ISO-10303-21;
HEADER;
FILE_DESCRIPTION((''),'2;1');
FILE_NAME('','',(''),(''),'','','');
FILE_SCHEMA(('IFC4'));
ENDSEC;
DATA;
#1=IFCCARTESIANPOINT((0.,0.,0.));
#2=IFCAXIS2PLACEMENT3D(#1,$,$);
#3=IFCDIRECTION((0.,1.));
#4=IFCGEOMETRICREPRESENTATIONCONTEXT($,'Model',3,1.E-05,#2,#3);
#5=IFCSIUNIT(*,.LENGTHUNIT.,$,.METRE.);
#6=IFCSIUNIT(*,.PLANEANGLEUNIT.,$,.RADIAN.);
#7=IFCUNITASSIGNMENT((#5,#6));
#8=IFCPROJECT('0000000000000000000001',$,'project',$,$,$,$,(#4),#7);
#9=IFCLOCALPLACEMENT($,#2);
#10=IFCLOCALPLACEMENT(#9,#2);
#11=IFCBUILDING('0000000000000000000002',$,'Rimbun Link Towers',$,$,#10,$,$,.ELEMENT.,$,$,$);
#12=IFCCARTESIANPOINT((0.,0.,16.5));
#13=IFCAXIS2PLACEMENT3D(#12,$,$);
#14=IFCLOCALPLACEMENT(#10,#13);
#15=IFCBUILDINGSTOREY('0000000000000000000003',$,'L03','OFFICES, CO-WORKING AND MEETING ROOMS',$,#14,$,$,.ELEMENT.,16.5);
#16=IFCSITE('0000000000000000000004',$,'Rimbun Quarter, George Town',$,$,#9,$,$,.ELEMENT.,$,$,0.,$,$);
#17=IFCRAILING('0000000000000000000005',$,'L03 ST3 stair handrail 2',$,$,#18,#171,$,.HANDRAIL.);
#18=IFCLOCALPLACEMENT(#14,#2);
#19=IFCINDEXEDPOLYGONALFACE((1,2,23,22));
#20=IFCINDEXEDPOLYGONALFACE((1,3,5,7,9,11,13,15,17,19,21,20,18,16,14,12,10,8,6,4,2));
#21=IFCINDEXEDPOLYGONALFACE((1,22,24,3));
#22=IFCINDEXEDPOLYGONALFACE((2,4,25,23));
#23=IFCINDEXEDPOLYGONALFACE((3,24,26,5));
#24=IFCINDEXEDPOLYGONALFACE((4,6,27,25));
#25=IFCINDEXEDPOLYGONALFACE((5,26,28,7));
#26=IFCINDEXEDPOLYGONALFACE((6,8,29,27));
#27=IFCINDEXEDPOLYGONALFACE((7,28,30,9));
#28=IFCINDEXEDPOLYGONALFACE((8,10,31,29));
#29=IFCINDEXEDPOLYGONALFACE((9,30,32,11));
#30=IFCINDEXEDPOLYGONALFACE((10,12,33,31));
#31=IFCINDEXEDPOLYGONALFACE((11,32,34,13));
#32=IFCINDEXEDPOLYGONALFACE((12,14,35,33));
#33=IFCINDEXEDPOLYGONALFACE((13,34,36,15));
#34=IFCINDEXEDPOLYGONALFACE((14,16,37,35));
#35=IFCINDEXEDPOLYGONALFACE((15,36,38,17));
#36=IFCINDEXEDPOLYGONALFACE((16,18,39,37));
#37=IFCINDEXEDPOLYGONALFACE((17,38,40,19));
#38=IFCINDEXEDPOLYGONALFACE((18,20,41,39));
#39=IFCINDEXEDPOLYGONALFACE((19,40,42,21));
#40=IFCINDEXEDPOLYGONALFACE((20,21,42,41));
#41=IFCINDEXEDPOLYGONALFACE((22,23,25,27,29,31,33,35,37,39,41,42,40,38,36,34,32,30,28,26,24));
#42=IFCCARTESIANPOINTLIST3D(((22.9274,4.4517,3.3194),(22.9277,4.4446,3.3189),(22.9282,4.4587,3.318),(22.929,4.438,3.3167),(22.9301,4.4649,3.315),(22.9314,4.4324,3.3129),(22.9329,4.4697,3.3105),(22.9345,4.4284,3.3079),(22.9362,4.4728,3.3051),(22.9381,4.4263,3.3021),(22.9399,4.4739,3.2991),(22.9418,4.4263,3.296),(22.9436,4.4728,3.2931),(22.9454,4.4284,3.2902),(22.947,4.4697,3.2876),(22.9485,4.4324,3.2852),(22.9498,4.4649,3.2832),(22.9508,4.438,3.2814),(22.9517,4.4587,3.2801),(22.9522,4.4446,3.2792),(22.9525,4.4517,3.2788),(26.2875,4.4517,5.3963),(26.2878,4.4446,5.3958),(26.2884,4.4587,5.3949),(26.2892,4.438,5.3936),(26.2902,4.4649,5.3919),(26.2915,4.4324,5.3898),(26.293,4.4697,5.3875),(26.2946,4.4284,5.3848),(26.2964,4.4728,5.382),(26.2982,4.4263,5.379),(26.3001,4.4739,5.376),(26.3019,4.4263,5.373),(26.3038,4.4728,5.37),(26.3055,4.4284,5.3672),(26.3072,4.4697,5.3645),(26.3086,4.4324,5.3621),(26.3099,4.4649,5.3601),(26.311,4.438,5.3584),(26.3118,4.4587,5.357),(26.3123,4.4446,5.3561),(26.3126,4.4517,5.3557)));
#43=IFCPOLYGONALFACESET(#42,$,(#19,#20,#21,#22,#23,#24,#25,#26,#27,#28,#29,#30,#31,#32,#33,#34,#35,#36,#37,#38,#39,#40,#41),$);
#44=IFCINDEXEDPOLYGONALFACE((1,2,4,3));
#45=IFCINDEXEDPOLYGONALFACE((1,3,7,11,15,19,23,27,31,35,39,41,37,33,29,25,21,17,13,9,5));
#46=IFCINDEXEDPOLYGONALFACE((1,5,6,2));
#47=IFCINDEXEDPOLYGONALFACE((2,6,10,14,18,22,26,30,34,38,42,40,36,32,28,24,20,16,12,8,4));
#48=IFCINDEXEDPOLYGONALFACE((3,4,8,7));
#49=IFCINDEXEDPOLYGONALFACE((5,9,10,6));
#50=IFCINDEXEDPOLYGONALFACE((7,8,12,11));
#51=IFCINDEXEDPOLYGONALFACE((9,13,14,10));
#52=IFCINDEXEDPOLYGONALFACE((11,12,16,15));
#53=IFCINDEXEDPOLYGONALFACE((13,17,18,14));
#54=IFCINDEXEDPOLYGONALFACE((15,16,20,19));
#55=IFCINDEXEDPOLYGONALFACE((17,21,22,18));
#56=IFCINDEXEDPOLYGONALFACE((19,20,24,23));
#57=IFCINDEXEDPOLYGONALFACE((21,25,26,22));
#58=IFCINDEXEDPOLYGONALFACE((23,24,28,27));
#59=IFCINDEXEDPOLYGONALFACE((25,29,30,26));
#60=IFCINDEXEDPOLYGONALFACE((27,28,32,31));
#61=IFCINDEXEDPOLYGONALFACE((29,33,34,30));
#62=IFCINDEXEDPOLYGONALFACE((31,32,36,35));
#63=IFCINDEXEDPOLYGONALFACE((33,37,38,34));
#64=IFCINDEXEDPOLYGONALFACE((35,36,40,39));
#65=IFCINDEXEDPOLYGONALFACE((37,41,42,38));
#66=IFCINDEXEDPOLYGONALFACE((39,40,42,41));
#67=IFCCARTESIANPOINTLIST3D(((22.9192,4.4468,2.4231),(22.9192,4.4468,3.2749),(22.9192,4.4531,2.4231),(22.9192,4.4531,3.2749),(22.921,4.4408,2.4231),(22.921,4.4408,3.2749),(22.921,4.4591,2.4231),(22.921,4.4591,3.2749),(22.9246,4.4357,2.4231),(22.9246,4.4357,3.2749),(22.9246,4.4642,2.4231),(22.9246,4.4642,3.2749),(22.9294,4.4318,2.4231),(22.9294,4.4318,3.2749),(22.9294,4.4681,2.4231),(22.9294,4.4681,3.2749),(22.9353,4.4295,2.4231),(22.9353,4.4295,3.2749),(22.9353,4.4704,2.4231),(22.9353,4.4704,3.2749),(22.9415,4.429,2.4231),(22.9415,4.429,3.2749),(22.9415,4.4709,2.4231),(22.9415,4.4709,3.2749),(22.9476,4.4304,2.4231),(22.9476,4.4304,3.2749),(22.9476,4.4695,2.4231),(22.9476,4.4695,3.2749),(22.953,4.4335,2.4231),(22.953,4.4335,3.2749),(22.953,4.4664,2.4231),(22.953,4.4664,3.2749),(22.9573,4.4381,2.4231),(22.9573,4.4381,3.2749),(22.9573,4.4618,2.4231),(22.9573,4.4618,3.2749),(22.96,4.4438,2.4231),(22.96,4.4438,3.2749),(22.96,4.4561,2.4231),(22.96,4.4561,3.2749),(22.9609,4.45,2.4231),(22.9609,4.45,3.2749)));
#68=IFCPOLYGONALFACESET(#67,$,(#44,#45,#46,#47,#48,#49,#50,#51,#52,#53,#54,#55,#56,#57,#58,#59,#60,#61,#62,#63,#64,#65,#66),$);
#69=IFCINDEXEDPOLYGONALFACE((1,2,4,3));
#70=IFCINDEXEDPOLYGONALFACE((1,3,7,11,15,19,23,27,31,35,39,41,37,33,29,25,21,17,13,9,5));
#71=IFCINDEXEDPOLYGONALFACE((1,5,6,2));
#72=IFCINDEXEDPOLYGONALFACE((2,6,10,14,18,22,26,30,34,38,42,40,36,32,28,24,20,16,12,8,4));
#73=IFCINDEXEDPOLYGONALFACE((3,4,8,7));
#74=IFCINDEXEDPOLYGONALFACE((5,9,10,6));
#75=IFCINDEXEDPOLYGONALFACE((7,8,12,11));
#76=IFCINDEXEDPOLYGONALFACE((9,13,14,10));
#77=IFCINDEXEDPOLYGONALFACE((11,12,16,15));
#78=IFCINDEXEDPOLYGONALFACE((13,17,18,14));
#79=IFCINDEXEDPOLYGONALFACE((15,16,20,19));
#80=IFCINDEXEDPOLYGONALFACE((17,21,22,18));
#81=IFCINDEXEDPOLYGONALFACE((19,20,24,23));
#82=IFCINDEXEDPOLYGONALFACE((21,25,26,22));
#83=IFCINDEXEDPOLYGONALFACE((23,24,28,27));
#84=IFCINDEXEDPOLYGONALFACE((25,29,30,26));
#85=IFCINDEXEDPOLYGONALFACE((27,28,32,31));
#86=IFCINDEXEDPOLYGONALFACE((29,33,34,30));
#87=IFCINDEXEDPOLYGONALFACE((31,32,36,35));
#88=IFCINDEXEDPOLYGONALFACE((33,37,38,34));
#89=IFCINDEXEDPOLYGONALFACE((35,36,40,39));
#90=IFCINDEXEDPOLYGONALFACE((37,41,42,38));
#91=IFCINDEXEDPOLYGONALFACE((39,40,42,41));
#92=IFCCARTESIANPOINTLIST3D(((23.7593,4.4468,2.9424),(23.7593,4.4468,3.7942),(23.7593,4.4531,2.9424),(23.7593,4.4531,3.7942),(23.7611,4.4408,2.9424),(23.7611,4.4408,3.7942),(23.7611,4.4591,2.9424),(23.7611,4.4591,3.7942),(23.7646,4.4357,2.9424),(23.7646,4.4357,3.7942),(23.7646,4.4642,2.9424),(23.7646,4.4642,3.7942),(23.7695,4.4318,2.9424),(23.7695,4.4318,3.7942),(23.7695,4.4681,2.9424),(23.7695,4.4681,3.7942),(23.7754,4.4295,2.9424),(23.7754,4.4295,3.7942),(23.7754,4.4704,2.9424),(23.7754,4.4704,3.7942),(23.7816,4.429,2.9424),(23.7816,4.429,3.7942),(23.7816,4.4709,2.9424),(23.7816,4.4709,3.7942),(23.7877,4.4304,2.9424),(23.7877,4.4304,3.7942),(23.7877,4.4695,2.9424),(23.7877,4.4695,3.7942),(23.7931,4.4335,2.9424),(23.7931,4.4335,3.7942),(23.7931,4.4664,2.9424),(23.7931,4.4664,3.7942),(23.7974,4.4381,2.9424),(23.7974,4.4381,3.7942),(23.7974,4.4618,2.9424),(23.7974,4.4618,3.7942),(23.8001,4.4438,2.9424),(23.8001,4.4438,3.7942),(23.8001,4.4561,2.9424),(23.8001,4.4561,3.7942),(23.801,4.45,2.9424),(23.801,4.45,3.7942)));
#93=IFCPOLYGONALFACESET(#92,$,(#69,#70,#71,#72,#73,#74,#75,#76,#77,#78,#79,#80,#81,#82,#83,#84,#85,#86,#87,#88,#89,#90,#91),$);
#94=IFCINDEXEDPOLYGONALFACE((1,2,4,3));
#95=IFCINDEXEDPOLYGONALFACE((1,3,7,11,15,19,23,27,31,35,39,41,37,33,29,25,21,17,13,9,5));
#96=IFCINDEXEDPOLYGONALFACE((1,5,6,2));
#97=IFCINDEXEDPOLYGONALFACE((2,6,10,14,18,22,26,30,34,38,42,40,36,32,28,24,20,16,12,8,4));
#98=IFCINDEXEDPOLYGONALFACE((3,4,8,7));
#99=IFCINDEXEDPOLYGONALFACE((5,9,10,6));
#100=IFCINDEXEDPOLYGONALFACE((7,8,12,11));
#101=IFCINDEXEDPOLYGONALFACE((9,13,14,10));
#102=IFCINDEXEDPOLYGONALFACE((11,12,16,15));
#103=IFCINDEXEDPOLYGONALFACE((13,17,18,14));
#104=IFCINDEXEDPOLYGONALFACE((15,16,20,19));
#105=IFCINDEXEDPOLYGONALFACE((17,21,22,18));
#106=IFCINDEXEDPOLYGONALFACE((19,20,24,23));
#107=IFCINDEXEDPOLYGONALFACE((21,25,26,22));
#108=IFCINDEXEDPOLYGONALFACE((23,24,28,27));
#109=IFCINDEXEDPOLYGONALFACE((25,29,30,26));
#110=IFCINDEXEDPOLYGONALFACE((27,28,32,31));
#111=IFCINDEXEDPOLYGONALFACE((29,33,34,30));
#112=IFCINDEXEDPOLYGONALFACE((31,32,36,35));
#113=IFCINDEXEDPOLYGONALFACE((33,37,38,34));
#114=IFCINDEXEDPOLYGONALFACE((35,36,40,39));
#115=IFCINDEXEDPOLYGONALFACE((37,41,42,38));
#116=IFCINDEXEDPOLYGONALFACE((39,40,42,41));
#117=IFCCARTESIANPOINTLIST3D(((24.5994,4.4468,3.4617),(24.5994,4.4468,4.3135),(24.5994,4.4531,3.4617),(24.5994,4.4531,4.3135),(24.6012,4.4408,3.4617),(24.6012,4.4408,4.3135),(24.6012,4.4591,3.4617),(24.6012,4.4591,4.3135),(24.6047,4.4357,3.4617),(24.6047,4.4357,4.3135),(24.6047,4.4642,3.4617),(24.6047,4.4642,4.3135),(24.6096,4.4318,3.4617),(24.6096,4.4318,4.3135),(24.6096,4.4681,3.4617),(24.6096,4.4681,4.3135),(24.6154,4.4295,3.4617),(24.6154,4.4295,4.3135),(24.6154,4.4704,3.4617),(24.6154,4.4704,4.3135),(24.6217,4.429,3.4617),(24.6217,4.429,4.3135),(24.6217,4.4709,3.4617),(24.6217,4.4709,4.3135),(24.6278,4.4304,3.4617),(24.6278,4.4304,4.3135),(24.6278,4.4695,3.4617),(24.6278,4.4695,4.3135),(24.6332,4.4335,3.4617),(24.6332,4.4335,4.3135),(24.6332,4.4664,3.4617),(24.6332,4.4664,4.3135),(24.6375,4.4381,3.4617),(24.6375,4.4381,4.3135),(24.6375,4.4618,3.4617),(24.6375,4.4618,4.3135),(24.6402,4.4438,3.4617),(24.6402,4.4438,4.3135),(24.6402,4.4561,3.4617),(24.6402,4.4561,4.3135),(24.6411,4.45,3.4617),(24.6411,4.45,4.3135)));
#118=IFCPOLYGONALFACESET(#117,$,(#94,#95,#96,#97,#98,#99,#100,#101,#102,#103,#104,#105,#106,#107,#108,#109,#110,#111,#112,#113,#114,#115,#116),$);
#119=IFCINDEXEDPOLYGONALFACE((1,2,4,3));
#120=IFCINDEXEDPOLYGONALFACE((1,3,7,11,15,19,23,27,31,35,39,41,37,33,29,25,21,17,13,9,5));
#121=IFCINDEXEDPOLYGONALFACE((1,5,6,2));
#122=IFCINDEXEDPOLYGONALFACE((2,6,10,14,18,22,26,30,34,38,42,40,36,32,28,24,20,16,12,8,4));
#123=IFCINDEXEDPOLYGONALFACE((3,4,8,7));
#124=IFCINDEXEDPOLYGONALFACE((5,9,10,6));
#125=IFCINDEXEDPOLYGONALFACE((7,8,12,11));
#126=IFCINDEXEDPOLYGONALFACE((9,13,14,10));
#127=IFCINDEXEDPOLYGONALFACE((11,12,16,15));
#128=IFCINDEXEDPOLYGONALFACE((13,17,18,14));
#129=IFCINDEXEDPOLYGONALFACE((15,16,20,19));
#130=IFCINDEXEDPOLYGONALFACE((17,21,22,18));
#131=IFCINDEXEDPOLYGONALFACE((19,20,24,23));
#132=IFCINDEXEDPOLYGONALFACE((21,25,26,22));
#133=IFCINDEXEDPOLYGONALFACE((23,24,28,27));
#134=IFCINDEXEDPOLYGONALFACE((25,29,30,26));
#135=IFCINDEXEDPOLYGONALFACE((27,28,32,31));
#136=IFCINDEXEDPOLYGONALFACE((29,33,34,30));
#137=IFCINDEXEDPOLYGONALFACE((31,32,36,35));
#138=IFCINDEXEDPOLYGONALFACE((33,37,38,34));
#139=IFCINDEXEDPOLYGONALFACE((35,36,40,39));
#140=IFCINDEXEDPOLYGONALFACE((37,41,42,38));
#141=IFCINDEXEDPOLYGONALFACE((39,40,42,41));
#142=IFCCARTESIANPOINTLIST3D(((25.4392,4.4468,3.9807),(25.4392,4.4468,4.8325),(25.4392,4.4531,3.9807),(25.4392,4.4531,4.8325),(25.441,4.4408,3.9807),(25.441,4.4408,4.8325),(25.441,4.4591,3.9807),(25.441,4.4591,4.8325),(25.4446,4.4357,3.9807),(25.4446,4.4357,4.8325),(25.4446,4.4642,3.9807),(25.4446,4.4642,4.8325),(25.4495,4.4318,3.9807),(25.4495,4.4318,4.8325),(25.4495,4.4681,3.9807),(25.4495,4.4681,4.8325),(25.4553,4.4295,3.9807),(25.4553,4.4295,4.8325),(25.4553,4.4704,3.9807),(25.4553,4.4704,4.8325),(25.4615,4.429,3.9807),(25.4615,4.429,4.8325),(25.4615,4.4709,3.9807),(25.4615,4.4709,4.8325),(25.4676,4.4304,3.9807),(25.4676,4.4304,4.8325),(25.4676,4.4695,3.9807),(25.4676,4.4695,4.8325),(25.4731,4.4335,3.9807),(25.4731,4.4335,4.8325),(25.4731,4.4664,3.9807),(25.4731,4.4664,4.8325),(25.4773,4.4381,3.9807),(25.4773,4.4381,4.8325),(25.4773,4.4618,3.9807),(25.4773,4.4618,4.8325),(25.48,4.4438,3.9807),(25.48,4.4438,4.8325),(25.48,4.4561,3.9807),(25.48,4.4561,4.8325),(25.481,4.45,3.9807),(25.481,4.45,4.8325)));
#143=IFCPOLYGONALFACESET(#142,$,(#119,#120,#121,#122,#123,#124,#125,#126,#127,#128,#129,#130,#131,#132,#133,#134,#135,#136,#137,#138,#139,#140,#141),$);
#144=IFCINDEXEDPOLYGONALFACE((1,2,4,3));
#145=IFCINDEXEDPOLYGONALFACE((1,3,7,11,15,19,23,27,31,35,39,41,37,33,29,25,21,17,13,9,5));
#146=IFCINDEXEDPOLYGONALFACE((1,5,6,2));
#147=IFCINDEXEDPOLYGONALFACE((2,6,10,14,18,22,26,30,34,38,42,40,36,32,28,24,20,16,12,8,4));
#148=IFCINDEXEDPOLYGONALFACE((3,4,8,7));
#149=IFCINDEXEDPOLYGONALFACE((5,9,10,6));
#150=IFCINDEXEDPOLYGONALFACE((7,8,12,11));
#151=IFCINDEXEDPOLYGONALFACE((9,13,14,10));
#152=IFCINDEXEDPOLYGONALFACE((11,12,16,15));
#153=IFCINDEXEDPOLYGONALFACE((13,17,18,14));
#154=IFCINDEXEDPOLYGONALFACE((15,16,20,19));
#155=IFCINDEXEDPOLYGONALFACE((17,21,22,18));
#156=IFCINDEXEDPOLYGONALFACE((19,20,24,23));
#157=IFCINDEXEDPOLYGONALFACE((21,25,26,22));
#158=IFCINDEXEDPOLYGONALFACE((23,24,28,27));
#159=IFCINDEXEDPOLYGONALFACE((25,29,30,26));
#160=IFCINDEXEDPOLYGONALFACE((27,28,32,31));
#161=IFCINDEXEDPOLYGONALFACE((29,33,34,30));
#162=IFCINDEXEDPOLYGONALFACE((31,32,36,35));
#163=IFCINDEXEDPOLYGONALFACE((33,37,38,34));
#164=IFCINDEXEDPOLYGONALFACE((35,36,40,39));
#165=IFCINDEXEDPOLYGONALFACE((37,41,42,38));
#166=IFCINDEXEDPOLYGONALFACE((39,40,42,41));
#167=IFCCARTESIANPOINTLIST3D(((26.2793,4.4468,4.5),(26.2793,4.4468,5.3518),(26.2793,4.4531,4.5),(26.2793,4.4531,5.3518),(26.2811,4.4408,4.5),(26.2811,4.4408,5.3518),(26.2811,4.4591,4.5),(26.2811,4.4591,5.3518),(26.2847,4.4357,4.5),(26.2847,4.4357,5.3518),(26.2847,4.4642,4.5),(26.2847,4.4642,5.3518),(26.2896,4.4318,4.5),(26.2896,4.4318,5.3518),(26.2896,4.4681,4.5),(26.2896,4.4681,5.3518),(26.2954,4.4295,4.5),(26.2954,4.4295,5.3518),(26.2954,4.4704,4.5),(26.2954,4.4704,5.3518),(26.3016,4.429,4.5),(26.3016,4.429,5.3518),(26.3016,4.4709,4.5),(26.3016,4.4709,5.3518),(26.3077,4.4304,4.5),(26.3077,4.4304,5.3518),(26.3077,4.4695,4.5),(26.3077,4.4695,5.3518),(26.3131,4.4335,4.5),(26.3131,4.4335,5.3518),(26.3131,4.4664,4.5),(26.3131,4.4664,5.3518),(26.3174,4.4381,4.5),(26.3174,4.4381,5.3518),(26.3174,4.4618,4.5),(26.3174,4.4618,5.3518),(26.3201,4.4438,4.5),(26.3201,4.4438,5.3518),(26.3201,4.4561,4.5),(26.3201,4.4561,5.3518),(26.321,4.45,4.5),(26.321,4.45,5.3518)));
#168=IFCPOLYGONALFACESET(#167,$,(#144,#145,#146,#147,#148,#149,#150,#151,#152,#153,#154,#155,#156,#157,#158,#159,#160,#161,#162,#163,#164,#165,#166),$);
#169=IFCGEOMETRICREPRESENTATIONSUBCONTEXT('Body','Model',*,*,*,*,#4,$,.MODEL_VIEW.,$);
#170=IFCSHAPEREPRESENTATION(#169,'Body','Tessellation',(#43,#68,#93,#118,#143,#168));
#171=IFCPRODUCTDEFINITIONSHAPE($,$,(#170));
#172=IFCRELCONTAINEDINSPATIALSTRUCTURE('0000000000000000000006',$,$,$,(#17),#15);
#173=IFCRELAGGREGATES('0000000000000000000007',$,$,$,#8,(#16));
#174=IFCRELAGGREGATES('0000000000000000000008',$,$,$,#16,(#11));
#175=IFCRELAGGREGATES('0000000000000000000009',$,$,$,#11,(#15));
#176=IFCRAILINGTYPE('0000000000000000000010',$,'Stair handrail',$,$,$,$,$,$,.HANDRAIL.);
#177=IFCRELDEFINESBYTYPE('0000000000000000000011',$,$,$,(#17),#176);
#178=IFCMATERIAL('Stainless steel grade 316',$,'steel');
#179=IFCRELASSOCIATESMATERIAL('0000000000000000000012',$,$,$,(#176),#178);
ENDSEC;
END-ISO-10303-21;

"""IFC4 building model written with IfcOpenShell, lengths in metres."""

from ifc_helpers import new_model, si_unit, direction, frame, origin, origin_2d, place, context, subcontext, project, spatial, circle, extrude, material, type_object, element, save


model = new_model("IFC4")

# Units and contexts
model_context = context("Model", 3, precision=1e-05, world=origin(), true_north=direction((0.0, 1.0)))
body_context = subcontext(model_context, "Body", "Model", "MODEL_VIEW")
ifc_project = project(units=[si_unit("LENGTHUNIT", "METRE"), si_unit("PLANEANGLEUNIT", "RADIAN")], contexts=[model_context])

# Site, building, storey
site_placement = place(None, origin())
site = spatial("IfcSite", under=ifc_project, at=site_placement, Name="Rimbun Quarter, George Town", CompositionType="ELEMENT", RefElevation=0.0)
building_placement = place(site_placement, origin())
building = spatial("IfcBuilding", under=site, at=building_placement, Name="Rimbun Link Towers", CompositionType="ELEMENT")
storey_placement = place(building_placement, frame((0.0, 0.0, 16.5)))
storey = spatial("IfcBuildingStorey", under=building, at=storey_placement, Name="L03", Description="OFFICES, CO-WORKING AND MEETING ROOMS", CompositionType="ELEMENT", Elevation=16.5)

# Railing
ifc_material_1 = material(Name="Stainless steel grade 316", Category="steel")
railing_type_1 = type_object("IfcRailingType", Name="Stair handrail", PredefinedType="HANDRAIL", material=ifc_material_1)
railing_1_placement = place(storey_placement, frame((22.9399, 4.45, 2.4231)))
element("IfcRailing", 1, at=railing_1_placement, inside=storey, type_object=railing_type_1, Name="L03 ST3 stair handrail 2", PredefinedType="HANDRAIL", context=body_context, shape_type="SweptSolid", body=[
    extrude(circle(Radius=0.0239, at=origin_2d()), frame((0.0, 0.0, 0.876), z_axis=(0.850623, 0.0, 0.525776), x_axis=(0.0, 1.0, 0.0)), (0.0, 0.0, 1.0), 3.9502),
    extrude(circle(Radius=0.021, at=origin_2d()), origin(), (0.0, 0.0, 1.0), 0.8518),
    extrude(circle(Radius=0.021, at=origin_2d()), frame((0.8401, 0.0, 0.5193)), (0.0, 0.0, 1.0), 0.8518),
    extrude(circle(Radius=0.021, at=origin_2d()), frame((1.6802, 0.0, 1.0386)), (0.0, 0.0, 1.0), 0.8518),
    extrude(circle(Radius=0.021, at=origin_2d()), frame((2.52, 0.0, 1.5576)), (0.0, 0.0, 1.0), 0.8518),
    extrude(circle(Radius=0.021, at=origin_2d()), frame((3.3601, 0.0, 2.0769)), (0.0, 0.0, 1.0), 0.8518),
])

save(model, "model.ifc")
